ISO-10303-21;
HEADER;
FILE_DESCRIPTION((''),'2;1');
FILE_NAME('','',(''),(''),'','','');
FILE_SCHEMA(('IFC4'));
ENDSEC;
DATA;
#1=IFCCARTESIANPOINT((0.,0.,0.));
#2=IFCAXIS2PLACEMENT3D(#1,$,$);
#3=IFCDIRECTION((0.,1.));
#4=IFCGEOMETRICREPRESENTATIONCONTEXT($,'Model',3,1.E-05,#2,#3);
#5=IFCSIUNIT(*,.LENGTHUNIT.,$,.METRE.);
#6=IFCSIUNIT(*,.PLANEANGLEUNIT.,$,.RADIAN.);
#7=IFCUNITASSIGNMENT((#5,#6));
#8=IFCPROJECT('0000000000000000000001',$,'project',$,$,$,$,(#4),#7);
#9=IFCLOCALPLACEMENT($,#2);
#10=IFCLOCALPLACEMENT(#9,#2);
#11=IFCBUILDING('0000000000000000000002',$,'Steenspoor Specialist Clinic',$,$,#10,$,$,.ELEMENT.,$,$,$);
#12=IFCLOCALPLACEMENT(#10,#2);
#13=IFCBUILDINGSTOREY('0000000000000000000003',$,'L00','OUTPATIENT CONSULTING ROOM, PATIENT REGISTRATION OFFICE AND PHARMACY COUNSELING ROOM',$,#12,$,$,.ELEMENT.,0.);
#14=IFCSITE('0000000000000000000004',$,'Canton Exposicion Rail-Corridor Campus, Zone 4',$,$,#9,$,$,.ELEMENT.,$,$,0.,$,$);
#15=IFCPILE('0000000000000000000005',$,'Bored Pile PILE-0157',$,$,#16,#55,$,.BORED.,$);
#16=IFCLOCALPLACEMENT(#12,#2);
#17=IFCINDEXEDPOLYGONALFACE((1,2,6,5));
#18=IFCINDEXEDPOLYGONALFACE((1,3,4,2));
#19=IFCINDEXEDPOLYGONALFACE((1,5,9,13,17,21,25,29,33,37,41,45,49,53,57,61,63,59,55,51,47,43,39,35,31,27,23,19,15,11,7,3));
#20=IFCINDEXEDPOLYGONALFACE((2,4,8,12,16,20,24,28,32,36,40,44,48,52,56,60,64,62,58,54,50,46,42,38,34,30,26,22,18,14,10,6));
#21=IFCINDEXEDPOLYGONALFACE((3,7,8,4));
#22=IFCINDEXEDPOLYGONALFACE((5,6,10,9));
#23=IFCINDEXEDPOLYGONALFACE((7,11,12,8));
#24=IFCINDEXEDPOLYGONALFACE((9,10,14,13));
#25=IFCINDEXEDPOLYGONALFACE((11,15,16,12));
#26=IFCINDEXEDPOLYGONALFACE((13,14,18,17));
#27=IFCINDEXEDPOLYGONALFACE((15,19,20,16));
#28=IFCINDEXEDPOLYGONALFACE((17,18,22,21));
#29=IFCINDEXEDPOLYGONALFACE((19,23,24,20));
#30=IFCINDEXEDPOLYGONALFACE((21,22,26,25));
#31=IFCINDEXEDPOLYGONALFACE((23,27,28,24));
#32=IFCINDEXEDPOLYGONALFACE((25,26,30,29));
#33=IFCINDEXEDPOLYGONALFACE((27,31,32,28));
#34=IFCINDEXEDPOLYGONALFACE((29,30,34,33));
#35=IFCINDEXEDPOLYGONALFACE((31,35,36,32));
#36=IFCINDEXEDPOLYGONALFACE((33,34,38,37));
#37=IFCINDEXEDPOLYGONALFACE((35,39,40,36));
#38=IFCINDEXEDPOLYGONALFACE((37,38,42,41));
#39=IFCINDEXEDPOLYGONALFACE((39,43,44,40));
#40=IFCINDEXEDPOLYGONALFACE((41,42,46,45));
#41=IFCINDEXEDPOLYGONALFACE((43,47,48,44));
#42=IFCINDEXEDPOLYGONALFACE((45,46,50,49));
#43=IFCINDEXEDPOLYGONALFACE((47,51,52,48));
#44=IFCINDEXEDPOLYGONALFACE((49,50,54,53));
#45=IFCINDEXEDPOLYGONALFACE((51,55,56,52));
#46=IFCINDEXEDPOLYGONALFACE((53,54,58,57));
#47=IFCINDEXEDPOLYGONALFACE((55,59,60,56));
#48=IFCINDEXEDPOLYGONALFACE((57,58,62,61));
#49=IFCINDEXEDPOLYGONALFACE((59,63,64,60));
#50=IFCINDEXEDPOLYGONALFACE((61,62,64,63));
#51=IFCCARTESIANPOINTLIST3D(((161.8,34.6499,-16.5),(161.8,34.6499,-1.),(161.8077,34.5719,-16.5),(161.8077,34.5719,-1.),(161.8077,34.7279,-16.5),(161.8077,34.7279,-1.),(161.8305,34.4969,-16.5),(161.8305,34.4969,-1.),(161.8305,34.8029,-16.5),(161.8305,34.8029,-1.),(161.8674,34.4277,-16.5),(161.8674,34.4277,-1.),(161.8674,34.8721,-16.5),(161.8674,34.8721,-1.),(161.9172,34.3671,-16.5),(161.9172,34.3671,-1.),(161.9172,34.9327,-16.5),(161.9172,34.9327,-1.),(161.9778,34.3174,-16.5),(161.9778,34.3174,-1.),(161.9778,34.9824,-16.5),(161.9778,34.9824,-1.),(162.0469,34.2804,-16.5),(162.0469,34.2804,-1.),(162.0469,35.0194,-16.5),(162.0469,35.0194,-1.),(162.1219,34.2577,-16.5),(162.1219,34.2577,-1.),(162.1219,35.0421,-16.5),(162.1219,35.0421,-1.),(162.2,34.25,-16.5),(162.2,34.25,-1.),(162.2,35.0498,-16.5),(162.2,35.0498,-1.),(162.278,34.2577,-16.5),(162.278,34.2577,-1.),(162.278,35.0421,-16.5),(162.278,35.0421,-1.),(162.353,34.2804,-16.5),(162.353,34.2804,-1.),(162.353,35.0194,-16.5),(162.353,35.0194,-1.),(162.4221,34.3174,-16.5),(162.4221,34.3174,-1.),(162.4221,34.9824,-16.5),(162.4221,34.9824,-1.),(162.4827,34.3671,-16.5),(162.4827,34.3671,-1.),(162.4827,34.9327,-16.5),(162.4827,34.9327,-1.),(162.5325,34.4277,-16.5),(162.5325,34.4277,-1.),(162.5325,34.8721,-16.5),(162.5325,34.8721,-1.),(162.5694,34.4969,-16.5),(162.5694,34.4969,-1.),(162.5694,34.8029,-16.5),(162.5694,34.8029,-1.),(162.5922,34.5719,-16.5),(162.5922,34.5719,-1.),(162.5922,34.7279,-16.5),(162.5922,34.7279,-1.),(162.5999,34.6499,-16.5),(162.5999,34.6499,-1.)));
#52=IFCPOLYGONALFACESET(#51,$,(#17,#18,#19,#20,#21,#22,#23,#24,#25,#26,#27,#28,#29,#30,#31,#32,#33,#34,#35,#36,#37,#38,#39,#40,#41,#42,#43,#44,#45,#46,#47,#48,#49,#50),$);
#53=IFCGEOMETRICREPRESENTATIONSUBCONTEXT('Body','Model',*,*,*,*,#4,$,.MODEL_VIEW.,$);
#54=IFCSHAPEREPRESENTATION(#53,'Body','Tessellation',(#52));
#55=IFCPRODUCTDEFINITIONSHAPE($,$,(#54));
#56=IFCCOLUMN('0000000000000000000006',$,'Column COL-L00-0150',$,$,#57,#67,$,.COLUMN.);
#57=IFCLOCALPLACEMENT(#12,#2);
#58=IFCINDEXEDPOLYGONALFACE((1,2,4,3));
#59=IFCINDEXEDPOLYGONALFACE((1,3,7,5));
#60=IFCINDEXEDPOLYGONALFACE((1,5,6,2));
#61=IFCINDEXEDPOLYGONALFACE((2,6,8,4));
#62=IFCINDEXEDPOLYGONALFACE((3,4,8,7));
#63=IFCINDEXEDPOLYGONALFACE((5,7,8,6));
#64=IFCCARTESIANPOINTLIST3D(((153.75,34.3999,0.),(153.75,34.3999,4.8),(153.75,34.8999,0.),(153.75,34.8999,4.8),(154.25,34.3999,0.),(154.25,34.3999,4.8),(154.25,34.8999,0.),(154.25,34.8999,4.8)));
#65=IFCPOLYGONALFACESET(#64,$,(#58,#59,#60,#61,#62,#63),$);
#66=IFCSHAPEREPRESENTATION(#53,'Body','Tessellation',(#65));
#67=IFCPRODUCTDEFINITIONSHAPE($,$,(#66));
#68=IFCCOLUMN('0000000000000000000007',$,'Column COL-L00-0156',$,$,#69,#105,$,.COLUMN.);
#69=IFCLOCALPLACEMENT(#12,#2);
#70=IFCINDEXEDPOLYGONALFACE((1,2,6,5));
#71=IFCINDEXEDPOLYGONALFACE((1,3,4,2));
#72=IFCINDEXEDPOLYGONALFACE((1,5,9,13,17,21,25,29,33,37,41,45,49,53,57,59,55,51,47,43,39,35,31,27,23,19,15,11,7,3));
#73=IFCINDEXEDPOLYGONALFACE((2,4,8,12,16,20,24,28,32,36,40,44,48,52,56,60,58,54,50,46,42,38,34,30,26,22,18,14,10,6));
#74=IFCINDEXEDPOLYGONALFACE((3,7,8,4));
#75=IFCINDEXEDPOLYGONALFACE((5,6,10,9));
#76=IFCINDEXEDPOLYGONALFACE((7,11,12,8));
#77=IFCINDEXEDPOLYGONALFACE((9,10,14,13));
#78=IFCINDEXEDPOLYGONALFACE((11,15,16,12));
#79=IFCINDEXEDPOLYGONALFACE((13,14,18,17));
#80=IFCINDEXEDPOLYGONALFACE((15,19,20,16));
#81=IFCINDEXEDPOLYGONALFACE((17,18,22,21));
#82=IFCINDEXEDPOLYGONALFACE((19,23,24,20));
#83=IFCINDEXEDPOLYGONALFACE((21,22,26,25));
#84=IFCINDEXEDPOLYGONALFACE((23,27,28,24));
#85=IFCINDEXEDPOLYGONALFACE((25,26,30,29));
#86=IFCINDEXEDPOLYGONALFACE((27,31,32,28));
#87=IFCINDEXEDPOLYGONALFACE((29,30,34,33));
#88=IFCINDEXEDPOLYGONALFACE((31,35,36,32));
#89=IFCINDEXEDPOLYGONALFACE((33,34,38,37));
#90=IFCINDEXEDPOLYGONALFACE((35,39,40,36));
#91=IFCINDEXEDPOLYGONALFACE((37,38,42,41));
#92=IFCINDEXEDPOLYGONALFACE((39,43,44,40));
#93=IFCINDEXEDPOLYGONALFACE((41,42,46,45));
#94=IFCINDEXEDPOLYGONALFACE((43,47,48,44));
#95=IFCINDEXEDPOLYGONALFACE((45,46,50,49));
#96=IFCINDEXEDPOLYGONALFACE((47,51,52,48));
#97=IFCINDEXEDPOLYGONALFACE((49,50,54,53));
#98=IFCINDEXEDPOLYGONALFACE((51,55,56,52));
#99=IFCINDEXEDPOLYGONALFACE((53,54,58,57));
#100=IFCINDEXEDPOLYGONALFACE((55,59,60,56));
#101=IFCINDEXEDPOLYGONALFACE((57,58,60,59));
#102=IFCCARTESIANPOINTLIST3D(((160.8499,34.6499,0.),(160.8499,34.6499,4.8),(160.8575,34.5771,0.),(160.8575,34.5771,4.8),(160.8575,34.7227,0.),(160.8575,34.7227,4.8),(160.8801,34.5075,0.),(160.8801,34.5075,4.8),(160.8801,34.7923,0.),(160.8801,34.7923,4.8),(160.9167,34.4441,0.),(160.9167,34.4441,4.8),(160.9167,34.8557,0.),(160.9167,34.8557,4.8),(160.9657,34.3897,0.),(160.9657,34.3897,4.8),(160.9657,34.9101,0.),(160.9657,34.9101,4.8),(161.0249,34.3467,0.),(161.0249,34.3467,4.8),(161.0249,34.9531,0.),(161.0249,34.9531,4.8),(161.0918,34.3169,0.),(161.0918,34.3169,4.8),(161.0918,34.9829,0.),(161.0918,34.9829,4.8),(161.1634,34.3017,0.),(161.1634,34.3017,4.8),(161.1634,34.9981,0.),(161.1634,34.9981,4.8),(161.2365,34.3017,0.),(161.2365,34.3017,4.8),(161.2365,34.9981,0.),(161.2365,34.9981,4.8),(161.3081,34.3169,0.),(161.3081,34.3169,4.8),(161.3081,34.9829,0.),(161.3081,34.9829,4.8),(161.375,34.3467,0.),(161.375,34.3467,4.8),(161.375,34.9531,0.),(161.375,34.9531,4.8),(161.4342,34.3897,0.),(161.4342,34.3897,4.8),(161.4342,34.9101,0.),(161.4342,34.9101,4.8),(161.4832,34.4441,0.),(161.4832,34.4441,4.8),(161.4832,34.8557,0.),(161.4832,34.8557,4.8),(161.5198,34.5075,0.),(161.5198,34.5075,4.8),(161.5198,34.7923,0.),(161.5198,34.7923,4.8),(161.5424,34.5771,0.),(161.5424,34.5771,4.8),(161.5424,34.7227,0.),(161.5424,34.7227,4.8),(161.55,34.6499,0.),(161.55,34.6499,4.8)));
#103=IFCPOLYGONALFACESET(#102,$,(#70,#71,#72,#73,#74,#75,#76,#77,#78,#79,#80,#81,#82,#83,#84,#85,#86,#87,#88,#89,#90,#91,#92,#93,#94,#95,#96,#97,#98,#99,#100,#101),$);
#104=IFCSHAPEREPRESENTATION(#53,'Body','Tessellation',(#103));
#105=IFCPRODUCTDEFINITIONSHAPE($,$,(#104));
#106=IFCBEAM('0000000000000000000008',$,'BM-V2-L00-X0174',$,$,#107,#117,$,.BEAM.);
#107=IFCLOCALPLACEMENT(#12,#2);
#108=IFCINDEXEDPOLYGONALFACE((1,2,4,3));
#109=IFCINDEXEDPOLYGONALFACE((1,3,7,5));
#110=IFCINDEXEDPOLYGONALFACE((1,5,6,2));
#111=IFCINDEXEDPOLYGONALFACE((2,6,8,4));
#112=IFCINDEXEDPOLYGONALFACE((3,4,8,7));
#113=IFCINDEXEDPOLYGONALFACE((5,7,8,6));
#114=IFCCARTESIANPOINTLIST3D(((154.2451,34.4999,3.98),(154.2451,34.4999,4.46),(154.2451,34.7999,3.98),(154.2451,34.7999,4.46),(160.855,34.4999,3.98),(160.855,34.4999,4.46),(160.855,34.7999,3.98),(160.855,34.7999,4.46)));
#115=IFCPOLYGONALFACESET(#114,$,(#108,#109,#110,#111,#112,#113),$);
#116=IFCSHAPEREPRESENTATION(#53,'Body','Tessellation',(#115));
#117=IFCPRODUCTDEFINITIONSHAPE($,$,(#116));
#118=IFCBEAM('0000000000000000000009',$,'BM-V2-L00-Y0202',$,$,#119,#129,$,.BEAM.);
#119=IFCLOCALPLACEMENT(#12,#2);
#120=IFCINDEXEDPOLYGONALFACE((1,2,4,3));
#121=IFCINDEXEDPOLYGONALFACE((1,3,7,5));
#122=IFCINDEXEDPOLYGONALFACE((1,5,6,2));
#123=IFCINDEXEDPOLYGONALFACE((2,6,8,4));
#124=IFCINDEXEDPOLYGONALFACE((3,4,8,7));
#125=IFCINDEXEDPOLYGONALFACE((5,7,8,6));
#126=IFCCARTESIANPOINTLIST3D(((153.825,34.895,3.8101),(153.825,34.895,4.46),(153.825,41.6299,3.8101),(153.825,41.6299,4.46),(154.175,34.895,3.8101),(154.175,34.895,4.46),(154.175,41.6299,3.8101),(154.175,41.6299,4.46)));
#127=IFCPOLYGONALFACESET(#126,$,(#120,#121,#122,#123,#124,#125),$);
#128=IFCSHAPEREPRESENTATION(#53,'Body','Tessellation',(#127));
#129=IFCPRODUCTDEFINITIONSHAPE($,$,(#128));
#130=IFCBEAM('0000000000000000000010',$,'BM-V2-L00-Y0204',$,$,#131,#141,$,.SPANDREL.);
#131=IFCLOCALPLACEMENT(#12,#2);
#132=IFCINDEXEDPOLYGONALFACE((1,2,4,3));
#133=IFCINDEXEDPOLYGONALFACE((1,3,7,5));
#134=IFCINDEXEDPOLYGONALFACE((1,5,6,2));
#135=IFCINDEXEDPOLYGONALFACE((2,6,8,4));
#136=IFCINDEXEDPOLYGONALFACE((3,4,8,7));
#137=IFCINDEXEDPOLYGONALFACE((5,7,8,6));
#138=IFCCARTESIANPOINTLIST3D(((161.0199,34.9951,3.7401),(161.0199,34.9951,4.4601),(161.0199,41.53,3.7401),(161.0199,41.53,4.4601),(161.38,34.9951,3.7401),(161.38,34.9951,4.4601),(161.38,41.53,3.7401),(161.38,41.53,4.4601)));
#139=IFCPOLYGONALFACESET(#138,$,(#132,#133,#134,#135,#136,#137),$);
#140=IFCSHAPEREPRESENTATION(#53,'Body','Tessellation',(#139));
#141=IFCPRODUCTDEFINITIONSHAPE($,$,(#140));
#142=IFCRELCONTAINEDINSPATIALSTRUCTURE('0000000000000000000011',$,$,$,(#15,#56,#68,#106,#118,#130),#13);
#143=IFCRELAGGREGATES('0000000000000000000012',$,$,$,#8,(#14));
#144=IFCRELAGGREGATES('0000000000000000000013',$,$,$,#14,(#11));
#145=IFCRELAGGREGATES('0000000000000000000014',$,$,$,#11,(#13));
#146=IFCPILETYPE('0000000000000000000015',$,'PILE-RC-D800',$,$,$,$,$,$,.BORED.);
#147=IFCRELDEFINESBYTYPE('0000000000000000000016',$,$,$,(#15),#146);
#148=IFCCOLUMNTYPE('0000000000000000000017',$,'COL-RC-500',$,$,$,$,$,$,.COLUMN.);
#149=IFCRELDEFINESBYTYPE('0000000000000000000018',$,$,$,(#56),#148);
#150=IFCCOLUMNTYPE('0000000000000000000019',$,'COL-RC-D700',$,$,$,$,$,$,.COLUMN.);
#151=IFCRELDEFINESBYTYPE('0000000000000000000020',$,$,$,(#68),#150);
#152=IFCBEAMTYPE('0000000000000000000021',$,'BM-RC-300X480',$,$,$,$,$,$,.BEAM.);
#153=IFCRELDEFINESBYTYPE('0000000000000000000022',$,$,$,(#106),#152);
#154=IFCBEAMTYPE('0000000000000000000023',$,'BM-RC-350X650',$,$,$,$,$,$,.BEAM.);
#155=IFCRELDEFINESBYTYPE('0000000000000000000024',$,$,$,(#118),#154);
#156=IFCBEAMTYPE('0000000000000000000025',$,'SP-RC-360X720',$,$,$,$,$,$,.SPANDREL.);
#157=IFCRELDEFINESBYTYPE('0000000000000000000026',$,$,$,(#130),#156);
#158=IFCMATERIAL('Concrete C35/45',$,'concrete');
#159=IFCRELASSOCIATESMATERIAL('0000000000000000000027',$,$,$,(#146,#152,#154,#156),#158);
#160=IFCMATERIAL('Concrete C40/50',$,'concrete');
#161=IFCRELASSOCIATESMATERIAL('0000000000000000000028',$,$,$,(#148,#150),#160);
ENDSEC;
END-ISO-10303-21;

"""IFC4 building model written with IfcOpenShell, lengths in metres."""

from ifc_helpers import new_model, si_unit, direction, frame, origin, origin_2d, place, context, subcontext, project, spatial, rectangle, circle, extrude, material, material_profile, profile_set, type_object, element, save


model = new_model("IFC4")

# Units and contexts
model_context = context("Model", 3, precision=1e-05, world=origin(), true_north=direction((0.0, 1.0)))
body_context = subcontext(model_context, "Body", "Model", "MODEL_VIEW")
ifc_project = project(units=[si_unit("LENGTHUNIT", "METRE"), si_unit("PLANEANGLEUNIT", "RADIAN")], contexts=[model_context])

# Site, building, storey
site_placement = place(None, origin())
site = spatial("IfcSite", under=ifc_project, at=site_placement, Name="Canton Exposicion Rail-Corridor Campus, Zone 4", CompositionType="ELEMENT", RefElevation=0.0)
building_placement = place(site_placement, origin())
building = spatial("IfcBuilding", under=site, at=building_placement, Name="Steenspoor Specialist Clinic", CompositionType="ELEMENT")
storey_placement = place(building_placement, origin())
storey = spatial("IfcBuildingStorey", under=building, at=storey_placement, Name="L00", Description="OUTPATIENT CONSULTING ROOM, PATIENT REGISTRATION OFFICE AND PHARMACY COUNSELING ROOM", CompositionType="ELEMENT", Elevation=0.0)

# Shared definitions
ifc_material_1 = material(Name="Concrete C35/45", Category="concrete")

# Pile
ifc_material_profile_1 = material_profile(ifc_material_1, circle(Radius=0.3999, at=origin_2d()), Name="PILE-D800")
ifc_profile_set_1 = profile_set([ifc_material_profile_1], Name="Concrete C35/45")
pile_type = type_object("IfcPileType", Name="PILE-RC-D800", PredefinedType="BORED", material=ifc_profile_set_1)
for number, where, z_axis, x_axis, name in (
    (1, (162.2, 34.6499, -1.0), (0.0, 0.0, -1.0), (1.0, 0.0, 0.0), "Bored Pile PILE-0157"),
):
    element("IfcPile", number, at=place(storey_placement, frame(where, z_axis=z_axis, x_axis=x_axis)), inside=storey, type_object=pile_type, Name=name, PredefinedType="BORED", context=body_context, shape_type="SweptSolid", body=[
        extrude(circle(Radius=0.3999, at=origin_2d()), origin(), (0.0, 0.0, 1.0), 15.5),
    ])

# Columns
ifc_material_2 = material(Name="Concrete C40/50", Category="concrete")
ifc_material_profile_2 = material_profile(ifc_material_2, rectangle(XDim=0.5, YDim=0.5, at=origin_2d()), Name="RC-COL-500X500")
ifc_profile_set_2 = profile_set([ifc_material_profile_2], Name="Concrete C40/50")
column_type_1 = type_object("IfcColumnType", Name="COL-RC-500", PredefinedType="COLUMN", material=ifc_profile_set_2)
column_1_placement = place(storey_placement, frame((154.0, 34.6499, 0.0), z_axis=(0.0, 0.0, 1.0), x_axis=(1.0, 0.0, 0.0)))
element("IfcColumn", 2, at=column_1_placement, inside=storey, type_object=column_type_1, Name="Column COL-L00-0150", PredefinedType="COLUMN", context=body_context, shape_type="SweptSolid", body=[
    extrude(rectangle(XDim=0.5, YDim=0.5, at=origin_2d()), origin(), (0.0, 0.0, 1.0), 4.8),
])
ifc_material_profile_3 = material_profile(ifc_material_2, circle(Radius=0.3501, at=origin_2d()), Name="RC-COL-D700")
ifc_profile_set_3 = profile_set([ifc_material_profile_3], Name="Concrete C40/50")
column_type_2 = type_object("IfcColumnType", Name="COL-RC-D700", PredefinedType="COLUMN", material=ifc_profile_set_3)
column_2_placement = place(storey_placement, frame((161.2, 34.6499, 0.0), z_axis=(0.0, 0.0, 1.0), x_axis=(1.0, 0.0, 0.0)))
element("IfcColumn", 3, at=column_2_placement, inside=storey, type_object=column_type_2, Name="Column COL-L00-0156", PredefinedType="COLUMN", context=body_context, shape_type="SweptSolid", body=[
    extrude(circle(Radius=0.3501, at=origin_2d()), origin(), (0.0, 0.0, 1.0), 4.8),
])

# Beams
ifc_material_profile_4 = material_profile(ifc_material_1, rectangle(XDim=0.3, YDim=0.48, at=origin_2d()), Name="RC-BM-300X480")
ifc_profile_set_4 = profile_set([ifc_material_profile_4], Name="Concrete C35/45")
beam_type_1 = type_object("IfcBeamType", Name="BM-RC-300X480", PredefinedType="BEAM", material=ifc_profile_set_4)
beam_1_placement = place(storey_placement, frame((154.2451, 34.6499, 4.22), z_axis=(1.0, 0.0, 0.0), x_axis=(0.0, 1.0, 0.0)))
element("IfcBeam", 4, at=beam_1_placement, inside=storey, type_object=beam_type_1, Name="BM-V2-L00-X0174", PredefinedType="BEAM", context=body_context, shape_type="SweptSolid", body=[
    extrude(rectangle(XDim=0.3, YDim=0.48, at=origin_2d()), origin(), (0.0, 0.0, 1.0), 6.6099),
])
ifc_material_profile_5 = material_profile(ifc_material_1, rectangle(XDim=0.3501, YDim=0.6499, at=origin_2d()), Name="RC-BM-350X650")
ifc_profile_set_5 = profile_set([ifc_material_profile_5], Name="Concrete C35/45")
beam_type_2 = type_object("IfcBeamType", Name="BM-RC-350X650", PredefinedType="BEAM", material=ifc_profile_set_5)
beam_2_placement = place(storey_placement, frame((154.0, 34.895, 4.135), z_axis=(0.0, 1.0, 0.0), x_axis=(-1.0, 0.0, 0.0)))
element("IfcBeam", 5, at=beam_2_placement, inside=storey, type_object=beam_type_2, Name="BM-V2-L00-Y0202", PredefinedType="BEAM", context=body_context, shape_type="SweptSolid", body=[
    extrude(rectangle(XDim=0.3501, YDim=0.6499, at=origin_2d()), origin(), (0.0, 0.0, 1.0), 6.7349),
])
ifc_material_profile_6 = material_profile(ifc_material_1, rectangle(XDim=0.3601, YDim=0.72, at=origin_2d()), Name="RC-SP-360X720")
ifc_profile_set_6 = profile_set([ifc_material_profile_6], Name="Concrete C35/45")
beam_type_3 = type_object("IfcBeamType", Name="SP-RC-360X720", PredefinedType="SPANDREL", material=ifc_profile_set_6)
beam_3_placement = place(storey_placement, frame((161.2, 34.9951, 4.1001), z_axis=(0.0, 1.0, 0.0), x_axis=(-1.0, 0.0, 0.0)))
element("IfcBeam", 6, at=beam_3_placement, inside=storey, type_object=beam_type_3, Name="BM-V2-L00-Y0204", PredefinedType="SPANDREL", context=body_context, shape_type="SweptSolid", body=[
    extrude(rectangle(XDim=0.3601, YDim=0.72, at=origin_2d()), origin(), (0.0, 0.0, 1.0), 6.5349),
])

save(model, "model.ifc")
